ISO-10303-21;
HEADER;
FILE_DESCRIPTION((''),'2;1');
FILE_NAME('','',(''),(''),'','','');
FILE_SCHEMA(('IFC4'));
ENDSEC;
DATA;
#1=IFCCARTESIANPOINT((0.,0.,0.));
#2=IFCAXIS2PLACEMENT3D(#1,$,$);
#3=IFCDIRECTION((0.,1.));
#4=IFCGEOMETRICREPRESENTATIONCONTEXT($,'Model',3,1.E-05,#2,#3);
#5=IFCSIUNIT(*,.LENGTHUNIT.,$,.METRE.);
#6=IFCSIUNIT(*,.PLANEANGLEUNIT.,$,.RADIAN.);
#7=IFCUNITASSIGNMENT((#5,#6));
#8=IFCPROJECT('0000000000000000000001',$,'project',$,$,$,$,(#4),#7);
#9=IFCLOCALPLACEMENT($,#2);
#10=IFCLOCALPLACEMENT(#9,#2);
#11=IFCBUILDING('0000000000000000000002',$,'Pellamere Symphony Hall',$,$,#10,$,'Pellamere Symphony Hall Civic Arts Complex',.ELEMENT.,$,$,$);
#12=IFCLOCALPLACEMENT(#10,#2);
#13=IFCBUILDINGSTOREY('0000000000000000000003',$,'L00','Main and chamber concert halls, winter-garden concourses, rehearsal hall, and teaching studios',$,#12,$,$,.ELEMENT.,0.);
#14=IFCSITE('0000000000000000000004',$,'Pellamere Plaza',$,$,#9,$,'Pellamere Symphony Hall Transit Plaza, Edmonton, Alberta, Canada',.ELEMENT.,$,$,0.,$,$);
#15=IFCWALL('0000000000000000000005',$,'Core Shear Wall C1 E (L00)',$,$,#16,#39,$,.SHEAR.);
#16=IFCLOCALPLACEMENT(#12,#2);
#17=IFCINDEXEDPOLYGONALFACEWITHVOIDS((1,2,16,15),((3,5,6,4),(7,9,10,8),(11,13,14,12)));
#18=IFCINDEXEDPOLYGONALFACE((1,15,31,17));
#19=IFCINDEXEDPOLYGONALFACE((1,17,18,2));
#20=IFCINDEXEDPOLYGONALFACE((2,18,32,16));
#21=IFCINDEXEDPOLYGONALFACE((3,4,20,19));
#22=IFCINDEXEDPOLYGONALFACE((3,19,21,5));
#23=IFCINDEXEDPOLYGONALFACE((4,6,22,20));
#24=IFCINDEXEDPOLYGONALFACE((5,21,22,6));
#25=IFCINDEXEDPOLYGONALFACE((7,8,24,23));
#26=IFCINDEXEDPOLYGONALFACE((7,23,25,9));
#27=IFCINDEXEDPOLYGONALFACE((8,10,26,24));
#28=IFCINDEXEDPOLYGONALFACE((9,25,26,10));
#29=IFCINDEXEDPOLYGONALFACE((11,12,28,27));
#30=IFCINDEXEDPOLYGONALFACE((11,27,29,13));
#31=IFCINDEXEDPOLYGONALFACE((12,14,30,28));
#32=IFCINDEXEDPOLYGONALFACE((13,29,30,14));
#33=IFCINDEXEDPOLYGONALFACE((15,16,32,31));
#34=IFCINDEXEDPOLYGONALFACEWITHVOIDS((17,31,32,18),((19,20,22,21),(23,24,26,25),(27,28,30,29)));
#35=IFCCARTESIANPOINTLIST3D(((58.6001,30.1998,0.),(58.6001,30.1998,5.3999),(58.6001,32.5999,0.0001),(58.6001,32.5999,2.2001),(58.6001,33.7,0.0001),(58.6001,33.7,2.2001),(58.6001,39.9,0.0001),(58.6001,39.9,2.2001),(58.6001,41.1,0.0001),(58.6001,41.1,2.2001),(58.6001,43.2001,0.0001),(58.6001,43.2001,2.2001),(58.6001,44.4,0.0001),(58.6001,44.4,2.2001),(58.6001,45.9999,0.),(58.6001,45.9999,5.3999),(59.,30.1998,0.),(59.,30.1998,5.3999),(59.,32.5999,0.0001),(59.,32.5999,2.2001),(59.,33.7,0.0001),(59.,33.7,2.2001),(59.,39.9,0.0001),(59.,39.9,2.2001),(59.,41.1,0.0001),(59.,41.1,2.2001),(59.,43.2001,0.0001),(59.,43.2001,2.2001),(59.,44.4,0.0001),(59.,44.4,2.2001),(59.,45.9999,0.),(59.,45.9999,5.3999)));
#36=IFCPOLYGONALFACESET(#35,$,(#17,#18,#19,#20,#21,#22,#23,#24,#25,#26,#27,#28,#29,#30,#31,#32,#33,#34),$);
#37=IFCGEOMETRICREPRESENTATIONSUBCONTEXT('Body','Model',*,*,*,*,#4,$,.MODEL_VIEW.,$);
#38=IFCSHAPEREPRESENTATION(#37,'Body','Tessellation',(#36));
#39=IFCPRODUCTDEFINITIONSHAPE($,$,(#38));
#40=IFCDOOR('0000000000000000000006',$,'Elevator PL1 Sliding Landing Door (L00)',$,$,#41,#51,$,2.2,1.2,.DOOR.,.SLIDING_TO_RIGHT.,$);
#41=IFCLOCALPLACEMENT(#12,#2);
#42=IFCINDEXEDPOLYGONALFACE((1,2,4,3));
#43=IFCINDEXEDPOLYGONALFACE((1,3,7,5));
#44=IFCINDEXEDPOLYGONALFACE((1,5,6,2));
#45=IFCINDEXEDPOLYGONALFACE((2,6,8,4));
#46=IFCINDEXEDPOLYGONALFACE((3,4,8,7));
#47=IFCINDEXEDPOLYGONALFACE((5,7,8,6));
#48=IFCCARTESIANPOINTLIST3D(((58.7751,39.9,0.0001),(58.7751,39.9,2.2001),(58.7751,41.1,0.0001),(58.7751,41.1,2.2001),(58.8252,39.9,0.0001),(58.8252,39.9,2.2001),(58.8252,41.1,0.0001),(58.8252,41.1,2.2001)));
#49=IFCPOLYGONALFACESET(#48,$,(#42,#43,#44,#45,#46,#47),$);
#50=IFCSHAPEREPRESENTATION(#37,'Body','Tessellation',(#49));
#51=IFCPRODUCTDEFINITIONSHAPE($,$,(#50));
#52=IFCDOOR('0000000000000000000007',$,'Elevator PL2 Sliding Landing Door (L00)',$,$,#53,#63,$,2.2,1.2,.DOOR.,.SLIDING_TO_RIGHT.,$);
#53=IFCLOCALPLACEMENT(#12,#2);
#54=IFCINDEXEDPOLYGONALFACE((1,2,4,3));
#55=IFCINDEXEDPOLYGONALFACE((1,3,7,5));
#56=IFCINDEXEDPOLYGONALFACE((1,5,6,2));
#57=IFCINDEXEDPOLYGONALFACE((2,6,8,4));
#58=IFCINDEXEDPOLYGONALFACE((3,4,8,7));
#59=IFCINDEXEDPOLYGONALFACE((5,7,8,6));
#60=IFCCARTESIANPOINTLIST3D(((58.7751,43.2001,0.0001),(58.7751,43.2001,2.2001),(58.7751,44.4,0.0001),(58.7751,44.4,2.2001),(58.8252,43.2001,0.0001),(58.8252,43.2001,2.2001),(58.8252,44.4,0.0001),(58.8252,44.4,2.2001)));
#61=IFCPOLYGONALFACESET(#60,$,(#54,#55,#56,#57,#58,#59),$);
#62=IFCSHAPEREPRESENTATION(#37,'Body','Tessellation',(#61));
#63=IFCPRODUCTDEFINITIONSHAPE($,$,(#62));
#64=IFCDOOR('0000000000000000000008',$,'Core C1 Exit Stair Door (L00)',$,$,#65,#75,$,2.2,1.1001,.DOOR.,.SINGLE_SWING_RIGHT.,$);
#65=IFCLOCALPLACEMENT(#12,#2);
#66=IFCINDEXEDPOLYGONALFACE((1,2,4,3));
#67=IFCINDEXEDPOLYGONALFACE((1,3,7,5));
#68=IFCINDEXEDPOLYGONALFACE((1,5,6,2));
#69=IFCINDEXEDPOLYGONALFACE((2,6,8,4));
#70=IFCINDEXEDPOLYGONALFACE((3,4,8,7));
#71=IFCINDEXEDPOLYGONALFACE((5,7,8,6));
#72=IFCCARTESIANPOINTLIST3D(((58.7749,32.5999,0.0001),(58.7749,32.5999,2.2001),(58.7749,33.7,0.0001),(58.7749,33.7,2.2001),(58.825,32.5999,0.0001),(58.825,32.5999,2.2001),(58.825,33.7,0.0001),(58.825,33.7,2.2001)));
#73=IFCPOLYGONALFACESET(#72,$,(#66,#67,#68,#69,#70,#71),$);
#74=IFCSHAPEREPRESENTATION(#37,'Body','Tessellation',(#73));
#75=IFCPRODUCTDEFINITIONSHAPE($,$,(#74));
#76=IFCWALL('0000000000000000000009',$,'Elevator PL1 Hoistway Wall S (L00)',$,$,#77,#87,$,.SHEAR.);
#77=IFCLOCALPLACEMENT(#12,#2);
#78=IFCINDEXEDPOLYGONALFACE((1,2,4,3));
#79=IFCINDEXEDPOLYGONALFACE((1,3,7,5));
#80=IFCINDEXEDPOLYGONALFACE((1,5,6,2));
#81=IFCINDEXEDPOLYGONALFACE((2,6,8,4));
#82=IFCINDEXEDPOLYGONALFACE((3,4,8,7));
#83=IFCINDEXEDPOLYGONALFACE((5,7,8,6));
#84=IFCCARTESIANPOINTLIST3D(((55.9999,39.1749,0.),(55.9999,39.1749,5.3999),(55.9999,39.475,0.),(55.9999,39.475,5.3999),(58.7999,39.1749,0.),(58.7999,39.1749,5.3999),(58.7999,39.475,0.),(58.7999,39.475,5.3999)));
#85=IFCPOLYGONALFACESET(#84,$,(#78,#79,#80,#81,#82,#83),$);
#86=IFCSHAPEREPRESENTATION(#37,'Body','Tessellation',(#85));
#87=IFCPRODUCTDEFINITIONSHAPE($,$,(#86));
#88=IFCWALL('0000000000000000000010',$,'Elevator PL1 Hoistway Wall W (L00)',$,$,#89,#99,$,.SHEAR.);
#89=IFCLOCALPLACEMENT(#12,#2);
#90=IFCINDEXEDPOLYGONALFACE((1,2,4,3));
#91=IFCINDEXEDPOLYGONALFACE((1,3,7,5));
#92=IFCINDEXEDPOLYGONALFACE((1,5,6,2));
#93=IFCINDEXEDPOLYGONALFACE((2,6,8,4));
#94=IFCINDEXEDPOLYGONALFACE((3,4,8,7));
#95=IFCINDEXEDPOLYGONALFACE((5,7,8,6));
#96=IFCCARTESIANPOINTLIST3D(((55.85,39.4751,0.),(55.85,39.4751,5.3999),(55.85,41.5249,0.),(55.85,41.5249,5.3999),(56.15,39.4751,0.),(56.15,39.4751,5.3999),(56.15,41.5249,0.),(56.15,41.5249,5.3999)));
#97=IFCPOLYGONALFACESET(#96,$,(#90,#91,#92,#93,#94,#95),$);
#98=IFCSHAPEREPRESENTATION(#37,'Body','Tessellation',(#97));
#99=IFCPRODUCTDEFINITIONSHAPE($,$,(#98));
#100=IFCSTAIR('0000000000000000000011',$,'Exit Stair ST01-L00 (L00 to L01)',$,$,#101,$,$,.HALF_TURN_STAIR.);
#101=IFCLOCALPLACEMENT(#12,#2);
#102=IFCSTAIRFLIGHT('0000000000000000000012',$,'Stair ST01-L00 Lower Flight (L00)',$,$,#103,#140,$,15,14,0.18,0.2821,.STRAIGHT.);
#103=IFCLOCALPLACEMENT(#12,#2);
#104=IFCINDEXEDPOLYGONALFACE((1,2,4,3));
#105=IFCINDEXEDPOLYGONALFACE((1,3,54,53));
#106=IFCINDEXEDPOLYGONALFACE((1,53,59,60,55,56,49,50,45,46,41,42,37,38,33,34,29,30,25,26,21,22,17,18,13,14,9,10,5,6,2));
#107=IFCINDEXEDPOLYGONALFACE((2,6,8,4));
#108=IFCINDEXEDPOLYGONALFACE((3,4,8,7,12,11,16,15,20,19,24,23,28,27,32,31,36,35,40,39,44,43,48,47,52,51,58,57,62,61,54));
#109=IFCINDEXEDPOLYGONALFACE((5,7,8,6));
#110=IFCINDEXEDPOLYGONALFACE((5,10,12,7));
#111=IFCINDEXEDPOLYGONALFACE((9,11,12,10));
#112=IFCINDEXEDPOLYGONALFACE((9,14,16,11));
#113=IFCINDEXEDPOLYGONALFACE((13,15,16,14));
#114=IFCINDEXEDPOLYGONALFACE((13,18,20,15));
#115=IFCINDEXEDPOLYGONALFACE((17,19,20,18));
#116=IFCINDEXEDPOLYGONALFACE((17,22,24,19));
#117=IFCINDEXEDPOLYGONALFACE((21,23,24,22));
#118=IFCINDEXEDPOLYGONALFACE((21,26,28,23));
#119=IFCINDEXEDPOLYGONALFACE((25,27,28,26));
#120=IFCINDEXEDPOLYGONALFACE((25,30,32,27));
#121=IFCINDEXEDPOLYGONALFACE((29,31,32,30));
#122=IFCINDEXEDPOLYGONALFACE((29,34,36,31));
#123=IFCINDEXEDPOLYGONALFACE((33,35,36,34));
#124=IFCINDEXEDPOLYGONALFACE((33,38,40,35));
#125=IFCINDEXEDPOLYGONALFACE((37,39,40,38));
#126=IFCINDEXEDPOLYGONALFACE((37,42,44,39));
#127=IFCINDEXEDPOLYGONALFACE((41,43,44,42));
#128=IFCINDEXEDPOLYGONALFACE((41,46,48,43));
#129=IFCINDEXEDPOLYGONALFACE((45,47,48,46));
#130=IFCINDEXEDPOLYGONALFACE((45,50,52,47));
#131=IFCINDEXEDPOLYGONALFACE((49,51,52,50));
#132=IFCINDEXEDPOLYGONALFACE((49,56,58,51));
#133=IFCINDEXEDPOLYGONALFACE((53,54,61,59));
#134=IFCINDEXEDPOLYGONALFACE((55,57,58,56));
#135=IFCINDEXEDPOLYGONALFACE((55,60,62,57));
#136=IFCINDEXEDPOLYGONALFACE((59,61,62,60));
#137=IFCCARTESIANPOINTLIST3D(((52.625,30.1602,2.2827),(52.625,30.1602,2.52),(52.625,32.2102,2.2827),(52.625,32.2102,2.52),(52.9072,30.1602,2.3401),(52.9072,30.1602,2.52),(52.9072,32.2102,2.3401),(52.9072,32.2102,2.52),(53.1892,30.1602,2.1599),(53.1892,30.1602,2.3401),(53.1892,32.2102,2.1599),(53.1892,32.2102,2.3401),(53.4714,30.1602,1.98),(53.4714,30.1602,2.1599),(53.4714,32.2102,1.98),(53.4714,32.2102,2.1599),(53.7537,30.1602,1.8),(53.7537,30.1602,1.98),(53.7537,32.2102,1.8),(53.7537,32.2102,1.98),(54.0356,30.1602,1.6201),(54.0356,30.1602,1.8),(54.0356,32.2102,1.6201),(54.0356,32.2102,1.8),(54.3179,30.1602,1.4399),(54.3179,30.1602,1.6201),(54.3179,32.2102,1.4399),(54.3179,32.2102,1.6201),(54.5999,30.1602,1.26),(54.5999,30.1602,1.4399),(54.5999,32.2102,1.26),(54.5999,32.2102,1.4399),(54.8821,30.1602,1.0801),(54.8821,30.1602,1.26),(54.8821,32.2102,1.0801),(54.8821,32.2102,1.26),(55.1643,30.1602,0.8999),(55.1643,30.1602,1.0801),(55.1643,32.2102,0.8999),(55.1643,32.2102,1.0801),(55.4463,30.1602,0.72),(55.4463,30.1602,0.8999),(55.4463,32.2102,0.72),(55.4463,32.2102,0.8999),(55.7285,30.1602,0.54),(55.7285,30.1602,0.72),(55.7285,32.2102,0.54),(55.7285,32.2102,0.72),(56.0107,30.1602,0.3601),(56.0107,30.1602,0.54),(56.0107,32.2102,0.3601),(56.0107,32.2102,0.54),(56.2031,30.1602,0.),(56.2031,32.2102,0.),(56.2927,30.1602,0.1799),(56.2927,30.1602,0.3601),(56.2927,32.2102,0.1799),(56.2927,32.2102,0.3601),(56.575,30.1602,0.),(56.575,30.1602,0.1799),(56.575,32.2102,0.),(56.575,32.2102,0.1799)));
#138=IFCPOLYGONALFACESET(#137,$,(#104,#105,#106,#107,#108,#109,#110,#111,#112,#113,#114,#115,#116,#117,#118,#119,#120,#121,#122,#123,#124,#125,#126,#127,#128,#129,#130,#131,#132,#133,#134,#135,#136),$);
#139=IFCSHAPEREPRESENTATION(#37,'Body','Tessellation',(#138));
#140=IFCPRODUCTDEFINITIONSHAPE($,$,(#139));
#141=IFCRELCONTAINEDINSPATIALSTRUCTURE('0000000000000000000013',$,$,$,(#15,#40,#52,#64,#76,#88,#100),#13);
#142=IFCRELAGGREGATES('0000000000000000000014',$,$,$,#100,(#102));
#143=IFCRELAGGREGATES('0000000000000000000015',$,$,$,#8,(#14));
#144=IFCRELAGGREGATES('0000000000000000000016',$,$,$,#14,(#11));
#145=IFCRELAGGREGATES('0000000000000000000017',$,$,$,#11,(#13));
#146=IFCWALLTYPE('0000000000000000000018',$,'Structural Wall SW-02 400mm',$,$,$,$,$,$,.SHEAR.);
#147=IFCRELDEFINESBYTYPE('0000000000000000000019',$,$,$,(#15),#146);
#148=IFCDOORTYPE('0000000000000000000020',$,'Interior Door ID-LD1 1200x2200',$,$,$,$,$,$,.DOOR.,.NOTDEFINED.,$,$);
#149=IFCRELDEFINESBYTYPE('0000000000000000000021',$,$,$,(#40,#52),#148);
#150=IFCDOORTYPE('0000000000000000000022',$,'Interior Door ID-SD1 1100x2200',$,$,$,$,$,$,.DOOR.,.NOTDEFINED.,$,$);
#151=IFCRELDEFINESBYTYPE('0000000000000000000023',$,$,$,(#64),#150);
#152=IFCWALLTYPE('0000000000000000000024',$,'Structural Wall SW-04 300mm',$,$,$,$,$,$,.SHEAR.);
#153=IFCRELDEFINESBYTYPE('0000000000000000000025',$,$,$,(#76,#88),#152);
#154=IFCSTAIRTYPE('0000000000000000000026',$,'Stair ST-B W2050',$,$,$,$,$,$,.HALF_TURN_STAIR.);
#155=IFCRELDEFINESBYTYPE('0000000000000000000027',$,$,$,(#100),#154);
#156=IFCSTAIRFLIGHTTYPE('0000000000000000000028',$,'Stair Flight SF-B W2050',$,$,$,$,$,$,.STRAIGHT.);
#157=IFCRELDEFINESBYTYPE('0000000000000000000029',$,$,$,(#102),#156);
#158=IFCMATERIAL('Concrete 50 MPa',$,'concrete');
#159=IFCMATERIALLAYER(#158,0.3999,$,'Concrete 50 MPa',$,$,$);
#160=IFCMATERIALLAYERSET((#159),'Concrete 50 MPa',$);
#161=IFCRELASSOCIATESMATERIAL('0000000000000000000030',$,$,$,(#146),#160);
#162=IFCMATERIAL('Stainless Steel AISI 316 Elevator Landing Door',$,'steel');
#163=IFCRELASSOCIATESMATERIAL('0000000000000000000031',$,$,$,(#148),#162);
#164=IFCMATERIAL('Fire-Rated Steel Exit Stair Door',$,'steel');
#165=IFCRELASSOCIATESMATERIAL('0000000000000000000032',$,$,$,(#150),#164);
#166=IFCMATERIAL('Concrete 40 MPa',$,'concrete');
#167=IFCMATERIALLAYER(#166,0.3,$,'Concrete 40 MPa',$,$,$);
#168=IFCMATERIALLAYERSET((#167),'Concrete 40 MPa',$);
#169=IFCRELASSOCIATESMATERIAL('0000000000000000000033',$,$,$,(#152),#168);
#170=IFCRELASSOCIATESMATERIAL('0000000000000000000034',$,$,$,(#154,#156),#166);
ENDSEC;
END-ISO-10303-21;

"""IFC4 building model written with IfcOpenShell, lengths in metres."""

from ifc_helpers import new_model, si_unit, direction, frame, frame_2d, origin, place, context, subcontext, project, spatial, polyline, rectangle, outline, extrude, material, layer, layer_set, type_object, element, fill, aggregate, save


model = new_model("IFC4")

# Units and contexts
model_context = context("Model", 3, precision=1e-05, world=origin(), true_north=direction((0.0, 1.0)))
body_context = subcontext(model_context, "Body", "Model", "MODEL_VIEW")
ifc_project = project(units=[si_unit("LENGTHUNIT", "METRE"), si_unit("PLANEANGLEUNIT", "RADIAN")], contexts=[model_context])

# Site, building, storey
site_placement = place(None, origin())
site = spatial("IfcSite", under=ifc_project, at=site_placement, Name="Pellamere Plaza", LongName="Pellamere Symphony Hall Transit Plaza, Edmonton, Alberta, Canada", CompositionType="ELEMENT", RefElevation=0.0)
building_placement = place(site_placement, origin())
building = spatial("IfcBuilding", under=site, at=building_placement, Name="Pellamere Symphony Hall", LongName="Pellamere Symphony Hall Civic Arts Complex", CompositionType="ELEMENT")
storey_placement = place(building_placement, origin())
storey = spatial("IfcBuildingStorey", under=building, at=storey_placement, Name="L00", Description="Main and chamber concert halls, winter-garden concourses, rehearsal hall, and teaching studios", CompositionType="ELEMENT", Elevation=0.0)

# Shared definitions
ifc_material_1 = material(Name="Concrete 50 MPa", Category="concrete")

# Shared definitions
ifc_material_2 = material(Name="Concrete 40 MPa", Category="concrete")

# Wall, openings, doors
ifc_layer_1 = layer(ifc_material_1, 0.3999, Name="Concrete 50 MPa")
ifc_layer_set_1 = layer_set([ifc_layer_1], Name="Concrete 50 MPa")
wall_type_1 = type_object("IfcWallType", Name="Structural Wall SW-02 400mm", PredefinedType="SHEAR", material=ifc_layer_set_1)
wall_1_placement = place(storey_placement, frame((58.8, 30.2, 0.0), z_axis=(0.0, 0.0, 1.0), x_axis=(0.0, 1.0, 0.0)))
wall_1 = element("IfcWall", 1, at=wall_1_placement, inside=storey, type_object=wall_type_1, Name="Core Shear Wall C1 E (L00)", PredefinedType="SHEAR", context=body_context, shape_type="SweptSolid", body=[
    extrude(rectangle(XDim=15.8, YDim=0.3999, at=frame_2d((7.8999, 0.0))), origin(), (0.0, 0.0, 1.0), 5.3999),
])
opening_1_placement = place(wall_1_placement, frame((9.7, 0.0, 0.0)))
opening_1 = element("IfcOpeningElement", 2, at=opening_1_placement, cuts=wall_1, PredefinedType="OPENING", context=body_context, shape_type="SweptSolid", body=[
    extrude(rectangle(XDim=1.2, YDim=2.2, at=frame_2d((0.6001, 1.1001))), frame((0.0, 0.21, 0.0), z_axis=(0.0, -1.0, 0.0), x_axis=(1.0, 0.0, 0.0)), (0.0, 0.0, 1.0), 0.4199),
])
opening_2_placement = place(wall_1_placement, frame((13.0, 0.0, 0.0)))
opening_2 = element("IfcOpeningElement", 3, at=opening_2_placement, cuts=wall_1, PredefinedType="OPENING", context=body_context, shape_type="SweptSolid", body=[
    extrude(rectangle(XDim=1.2, YDim=2.2, at=frame_2d((0.6001, 1.1001))), frame((0.0, 0.21, 0.0), z_axis=(0.0, -1.0, 0.0), x_axis=(1.0, 0.0, 0.0)), (0.0, 0.0, 1.0), 0.4199),
])
opening_3_placement = place(wall_1_placement, frame((2.3999, 0.0, 0.0)))
opening_3 = element("IfcOpeningElement", 4, at=opening_3_placement, cuts=wall_1, PredefinedType="OPENING", context=body_context, shape_type="SweptSolid", body=[
    extrude(rectangle(XDim=1.1001, YDim=2.2, at=frame_2d((0.55, 1.1001))), frame((0.0, 0.21, 0.0), z_axis=(0.0, -1.0, 0.0), x_axis=(1.0, 0.0, 0.0)), (0.0, 0.0, 1.0), 0.4199),
])
ifc_material_3 = material(Name="Stainless Steel AISI 316 Elevator Landing Door", Category="steel")
door_type_1 = type_object("IfcDoorType", Name="Interior Door ID-LD1 1200x2200", OperationType="NOTDEFINED", PredefinedType="DOOR", material=ifc_material_3)
door_1_placement = place(opening_1_placement, origin())
door_1 = element("IfcDoor", 5, at=door_1_placement, inside=storey, type_object=door_type_1, Name="Elevator PL1 Sliding Landing Door (L00)", OperationType="SLIDING_TO_RIGHT", OverallHeight=2.2, OverallWidth=1.2, PredefinedType="DOOR", context=body_context, shape_type="SweptSolid", body=[
    extrude(rectangle(XDim=1.2, YDim=2.2, at=frame_2d((0.6001, 1.1001))), frame((0.0, 0.0249, 0.0), z_axis=(0.0, -1.0, 0.0), x_axis=(1.0, 0.0, 0.0)), (0.0, 0.0, 1.0), 0.05),
])
fill(opening_1, door_1)
door_2_placement = place(opening_2_placement, origin())
door_2 = element("IfcDoor", 6, at=door_2_placement, inside=storey, type_object=door_type_1, Name="Elevator PL2 Sliding Landing Door (L00)", OperationType="SLIDING_TO_RIGHT", OverallHeight=2.2, OverallWidth=1.2, PredefinedType="DOOR", context=body_context, shape_type="SweptSolid", body=[
    extrude(rectangle(XDim=1.2, YDim=2.2, at=frame_2d((0.6001, 1.1001))), frame((0.0, 0.0249, 0.0), z_axis=(0.0, -1.0, 0.0), x_axis=(1.0, 0.0, 0.0)), (0.0, 0.0, 1.0), 0.05),
])
fill(opening_2, door_2)
ifc_material_4 = material(Name="Fire-Rated Steel Exit Stair Door", Category="steel")
door_type_2 = type_object("IfcDoorType", Name="Interior Door ID-SD1 1100x2200", OperationType="NOTDEFINED", PredefinedType="DOOR", material=ifc_material_4)
door_3_placement = place(opening_3_placement, frame((1.1001, 0.0, 0.0), z_axis=(0.0, 0.0, 1.0), x_axis=(-1.0, 0.0, 0.0)))
door_3 = element("IfcDoor", 7, at=door_3_placement, inside=storey, type_object=door_type_2, Name="Core C1 Exit Stair Door (L00)", OperationType="SINGLE_SWING_RIGHT", OverallHeight=2.2, OverallWidth=1.1001, PredefinedType="DOOR", context=body_context, shape_type="SweptSolid", body=[
    extrude(rectangle(XDim=1.1001, YDim=2.2, at=frame_2d((0.55, 1.1001))), frame((0.0, 0.0249, 0.0), z_axis=(0.0, -1.0, 0.0), x_axis=(1.0, 0.0, 0.0)), (0.0, 0.0, 1.0), 0.05),
])
fill(opening_3, door_3)

# Walls
ifc_layer_2 = layer(ifc_material_2, 0.3, Name="Concrete 40 MPa")
ifc_layer_set_2 = layer_set([ifc_layer_2], Name="Concrete 40 MPa")
wall_type_2 = type_object("IfcWallType", Name="Structural Wall SW-04 300mm", PredefinedType="SHEAR", material=ifc_layer_set_2)
wall_2_placement = place(storey_placement, frame((56.0, 39.325, 0.0), z_axis=(0.0, 0.0, 1.0), x_axis=(1.0, 0.0, 0.0)))
element("IfcWall", 8, at=wall_2_placement, inside=storey, type_object=wall_type_2, Name="Elevator PL1 Hoistway Wall S (L00)", PredefinedType="SHEAR", context=body_context, shape_type="SweptSolid", body=[
    extrude(rectangle(XDim=2.8, YDim=0.3, at=frame_2d((1.3999, 0.0))), origin(), (0.0, 0.0, 1.0), 5.3999),
])
wall_3_placement = place(storey_placement, frame((56.0, 39.4751, 0.0), z_axis=(0.0, 0.0, 1.0), x_axis=(0.0, 1.0, 0.0)))
element("IfcWall", 9, at=wall_3_placement, inside=storey, type_object=wall_type_2, Name="Elevator PL1 Hoistway Wall W (L00)", PredefinedType="SHEAR", context=body_context, shape_type="SweptSolid", body=[
    extrude(rectangle(XDim=2.0498, YDim=0.3, at=frame_2d((1.0249, 0.0))), origin(), (0.0, 0.0, 1.0), 5.3999),
])

# Stair, stair flight
stair_type = type_object("IfcStairType", Name="Stair ST-B W2050", PredefinedType="HALF_TURN_STAIR", material=ifc_material_2)
stair_placement = place(storey_placement, origin())
stair = element("IfcStair", 10, at=stair_placement, inside=storey, type_object=stair_type, Name="Exit Stair ST01-L00 (L00 to L01)", PredefinedType="HALF_TURN_STAIR")
stair_flight_type = type_object("IfcStairFlightType", Name="Stair Flight SF-B W2050", PredefinedType="STRAIGHT", material=ifc_material_2)
stair_flight_1_placement = place(storey_placement, frame((56.575, 31.1851, 0.0), z_axis=(0.0, 0.0, 1.0), x_axis=(-1.0, 0.0, 0.0)))
stair_flight_1 = element("IfcStairFlight", 11, at=stair_flight_1_placement, type_object=stair_flight_type, Name="Stair ST01-L00 Lower Flight (L00)", NumberOfRisers=15, NumberOfTreads=14, PredefinedType="STRAIGHT", RiserHeight=0.18, TreadLength=0.2821, context=body_context, shape_type="SweptSolid", body=[
    extrude(outline(polyline([(0.0, 0.0), (0.0, 0.1799), (0.2822, 0.1799), (0.2822, 0.3601), (0.5642, 0.3601), (0.5642, 0.54), (0.8464, 0.54), (0.8464, 0.72), (1.1287, 0.72), (1.1287, 0.8999), (1.4106, 0.8999), (1.4106, 1.0801), (1.6929, 1.0801), (1.6929, 1.26), (1.9751, 1.26), (1.9751, 1.4399), (2.2571, 1.4399), (2.2571, 1.6201), (2.5393, 1.6201), (2.5393, 1.8), (2.8213, 1.8), (2.8213, 1.98), (3.1035, 1.98), (3.1035, 2.1599), (3.3857, 2.1599), (3.3857, 2.3401), (3.6677, 2.3401), (3.6677, 2.52), (3.95, 2.52), (3.95, 2.7), (3.95, 2.2827), (0.3718, 0.0), (0.0, 0.0)])), frame((0.0, 1.0249, 0.0), z_axis=(0.0, -1.0, 0.0), x_axis=(1.0, 0.0, 0.0)), (0.0, 0.0, 1.0), 2.05),
])
aggregate(stair, [stair_flight_1])

save(model, "model.ifc")
